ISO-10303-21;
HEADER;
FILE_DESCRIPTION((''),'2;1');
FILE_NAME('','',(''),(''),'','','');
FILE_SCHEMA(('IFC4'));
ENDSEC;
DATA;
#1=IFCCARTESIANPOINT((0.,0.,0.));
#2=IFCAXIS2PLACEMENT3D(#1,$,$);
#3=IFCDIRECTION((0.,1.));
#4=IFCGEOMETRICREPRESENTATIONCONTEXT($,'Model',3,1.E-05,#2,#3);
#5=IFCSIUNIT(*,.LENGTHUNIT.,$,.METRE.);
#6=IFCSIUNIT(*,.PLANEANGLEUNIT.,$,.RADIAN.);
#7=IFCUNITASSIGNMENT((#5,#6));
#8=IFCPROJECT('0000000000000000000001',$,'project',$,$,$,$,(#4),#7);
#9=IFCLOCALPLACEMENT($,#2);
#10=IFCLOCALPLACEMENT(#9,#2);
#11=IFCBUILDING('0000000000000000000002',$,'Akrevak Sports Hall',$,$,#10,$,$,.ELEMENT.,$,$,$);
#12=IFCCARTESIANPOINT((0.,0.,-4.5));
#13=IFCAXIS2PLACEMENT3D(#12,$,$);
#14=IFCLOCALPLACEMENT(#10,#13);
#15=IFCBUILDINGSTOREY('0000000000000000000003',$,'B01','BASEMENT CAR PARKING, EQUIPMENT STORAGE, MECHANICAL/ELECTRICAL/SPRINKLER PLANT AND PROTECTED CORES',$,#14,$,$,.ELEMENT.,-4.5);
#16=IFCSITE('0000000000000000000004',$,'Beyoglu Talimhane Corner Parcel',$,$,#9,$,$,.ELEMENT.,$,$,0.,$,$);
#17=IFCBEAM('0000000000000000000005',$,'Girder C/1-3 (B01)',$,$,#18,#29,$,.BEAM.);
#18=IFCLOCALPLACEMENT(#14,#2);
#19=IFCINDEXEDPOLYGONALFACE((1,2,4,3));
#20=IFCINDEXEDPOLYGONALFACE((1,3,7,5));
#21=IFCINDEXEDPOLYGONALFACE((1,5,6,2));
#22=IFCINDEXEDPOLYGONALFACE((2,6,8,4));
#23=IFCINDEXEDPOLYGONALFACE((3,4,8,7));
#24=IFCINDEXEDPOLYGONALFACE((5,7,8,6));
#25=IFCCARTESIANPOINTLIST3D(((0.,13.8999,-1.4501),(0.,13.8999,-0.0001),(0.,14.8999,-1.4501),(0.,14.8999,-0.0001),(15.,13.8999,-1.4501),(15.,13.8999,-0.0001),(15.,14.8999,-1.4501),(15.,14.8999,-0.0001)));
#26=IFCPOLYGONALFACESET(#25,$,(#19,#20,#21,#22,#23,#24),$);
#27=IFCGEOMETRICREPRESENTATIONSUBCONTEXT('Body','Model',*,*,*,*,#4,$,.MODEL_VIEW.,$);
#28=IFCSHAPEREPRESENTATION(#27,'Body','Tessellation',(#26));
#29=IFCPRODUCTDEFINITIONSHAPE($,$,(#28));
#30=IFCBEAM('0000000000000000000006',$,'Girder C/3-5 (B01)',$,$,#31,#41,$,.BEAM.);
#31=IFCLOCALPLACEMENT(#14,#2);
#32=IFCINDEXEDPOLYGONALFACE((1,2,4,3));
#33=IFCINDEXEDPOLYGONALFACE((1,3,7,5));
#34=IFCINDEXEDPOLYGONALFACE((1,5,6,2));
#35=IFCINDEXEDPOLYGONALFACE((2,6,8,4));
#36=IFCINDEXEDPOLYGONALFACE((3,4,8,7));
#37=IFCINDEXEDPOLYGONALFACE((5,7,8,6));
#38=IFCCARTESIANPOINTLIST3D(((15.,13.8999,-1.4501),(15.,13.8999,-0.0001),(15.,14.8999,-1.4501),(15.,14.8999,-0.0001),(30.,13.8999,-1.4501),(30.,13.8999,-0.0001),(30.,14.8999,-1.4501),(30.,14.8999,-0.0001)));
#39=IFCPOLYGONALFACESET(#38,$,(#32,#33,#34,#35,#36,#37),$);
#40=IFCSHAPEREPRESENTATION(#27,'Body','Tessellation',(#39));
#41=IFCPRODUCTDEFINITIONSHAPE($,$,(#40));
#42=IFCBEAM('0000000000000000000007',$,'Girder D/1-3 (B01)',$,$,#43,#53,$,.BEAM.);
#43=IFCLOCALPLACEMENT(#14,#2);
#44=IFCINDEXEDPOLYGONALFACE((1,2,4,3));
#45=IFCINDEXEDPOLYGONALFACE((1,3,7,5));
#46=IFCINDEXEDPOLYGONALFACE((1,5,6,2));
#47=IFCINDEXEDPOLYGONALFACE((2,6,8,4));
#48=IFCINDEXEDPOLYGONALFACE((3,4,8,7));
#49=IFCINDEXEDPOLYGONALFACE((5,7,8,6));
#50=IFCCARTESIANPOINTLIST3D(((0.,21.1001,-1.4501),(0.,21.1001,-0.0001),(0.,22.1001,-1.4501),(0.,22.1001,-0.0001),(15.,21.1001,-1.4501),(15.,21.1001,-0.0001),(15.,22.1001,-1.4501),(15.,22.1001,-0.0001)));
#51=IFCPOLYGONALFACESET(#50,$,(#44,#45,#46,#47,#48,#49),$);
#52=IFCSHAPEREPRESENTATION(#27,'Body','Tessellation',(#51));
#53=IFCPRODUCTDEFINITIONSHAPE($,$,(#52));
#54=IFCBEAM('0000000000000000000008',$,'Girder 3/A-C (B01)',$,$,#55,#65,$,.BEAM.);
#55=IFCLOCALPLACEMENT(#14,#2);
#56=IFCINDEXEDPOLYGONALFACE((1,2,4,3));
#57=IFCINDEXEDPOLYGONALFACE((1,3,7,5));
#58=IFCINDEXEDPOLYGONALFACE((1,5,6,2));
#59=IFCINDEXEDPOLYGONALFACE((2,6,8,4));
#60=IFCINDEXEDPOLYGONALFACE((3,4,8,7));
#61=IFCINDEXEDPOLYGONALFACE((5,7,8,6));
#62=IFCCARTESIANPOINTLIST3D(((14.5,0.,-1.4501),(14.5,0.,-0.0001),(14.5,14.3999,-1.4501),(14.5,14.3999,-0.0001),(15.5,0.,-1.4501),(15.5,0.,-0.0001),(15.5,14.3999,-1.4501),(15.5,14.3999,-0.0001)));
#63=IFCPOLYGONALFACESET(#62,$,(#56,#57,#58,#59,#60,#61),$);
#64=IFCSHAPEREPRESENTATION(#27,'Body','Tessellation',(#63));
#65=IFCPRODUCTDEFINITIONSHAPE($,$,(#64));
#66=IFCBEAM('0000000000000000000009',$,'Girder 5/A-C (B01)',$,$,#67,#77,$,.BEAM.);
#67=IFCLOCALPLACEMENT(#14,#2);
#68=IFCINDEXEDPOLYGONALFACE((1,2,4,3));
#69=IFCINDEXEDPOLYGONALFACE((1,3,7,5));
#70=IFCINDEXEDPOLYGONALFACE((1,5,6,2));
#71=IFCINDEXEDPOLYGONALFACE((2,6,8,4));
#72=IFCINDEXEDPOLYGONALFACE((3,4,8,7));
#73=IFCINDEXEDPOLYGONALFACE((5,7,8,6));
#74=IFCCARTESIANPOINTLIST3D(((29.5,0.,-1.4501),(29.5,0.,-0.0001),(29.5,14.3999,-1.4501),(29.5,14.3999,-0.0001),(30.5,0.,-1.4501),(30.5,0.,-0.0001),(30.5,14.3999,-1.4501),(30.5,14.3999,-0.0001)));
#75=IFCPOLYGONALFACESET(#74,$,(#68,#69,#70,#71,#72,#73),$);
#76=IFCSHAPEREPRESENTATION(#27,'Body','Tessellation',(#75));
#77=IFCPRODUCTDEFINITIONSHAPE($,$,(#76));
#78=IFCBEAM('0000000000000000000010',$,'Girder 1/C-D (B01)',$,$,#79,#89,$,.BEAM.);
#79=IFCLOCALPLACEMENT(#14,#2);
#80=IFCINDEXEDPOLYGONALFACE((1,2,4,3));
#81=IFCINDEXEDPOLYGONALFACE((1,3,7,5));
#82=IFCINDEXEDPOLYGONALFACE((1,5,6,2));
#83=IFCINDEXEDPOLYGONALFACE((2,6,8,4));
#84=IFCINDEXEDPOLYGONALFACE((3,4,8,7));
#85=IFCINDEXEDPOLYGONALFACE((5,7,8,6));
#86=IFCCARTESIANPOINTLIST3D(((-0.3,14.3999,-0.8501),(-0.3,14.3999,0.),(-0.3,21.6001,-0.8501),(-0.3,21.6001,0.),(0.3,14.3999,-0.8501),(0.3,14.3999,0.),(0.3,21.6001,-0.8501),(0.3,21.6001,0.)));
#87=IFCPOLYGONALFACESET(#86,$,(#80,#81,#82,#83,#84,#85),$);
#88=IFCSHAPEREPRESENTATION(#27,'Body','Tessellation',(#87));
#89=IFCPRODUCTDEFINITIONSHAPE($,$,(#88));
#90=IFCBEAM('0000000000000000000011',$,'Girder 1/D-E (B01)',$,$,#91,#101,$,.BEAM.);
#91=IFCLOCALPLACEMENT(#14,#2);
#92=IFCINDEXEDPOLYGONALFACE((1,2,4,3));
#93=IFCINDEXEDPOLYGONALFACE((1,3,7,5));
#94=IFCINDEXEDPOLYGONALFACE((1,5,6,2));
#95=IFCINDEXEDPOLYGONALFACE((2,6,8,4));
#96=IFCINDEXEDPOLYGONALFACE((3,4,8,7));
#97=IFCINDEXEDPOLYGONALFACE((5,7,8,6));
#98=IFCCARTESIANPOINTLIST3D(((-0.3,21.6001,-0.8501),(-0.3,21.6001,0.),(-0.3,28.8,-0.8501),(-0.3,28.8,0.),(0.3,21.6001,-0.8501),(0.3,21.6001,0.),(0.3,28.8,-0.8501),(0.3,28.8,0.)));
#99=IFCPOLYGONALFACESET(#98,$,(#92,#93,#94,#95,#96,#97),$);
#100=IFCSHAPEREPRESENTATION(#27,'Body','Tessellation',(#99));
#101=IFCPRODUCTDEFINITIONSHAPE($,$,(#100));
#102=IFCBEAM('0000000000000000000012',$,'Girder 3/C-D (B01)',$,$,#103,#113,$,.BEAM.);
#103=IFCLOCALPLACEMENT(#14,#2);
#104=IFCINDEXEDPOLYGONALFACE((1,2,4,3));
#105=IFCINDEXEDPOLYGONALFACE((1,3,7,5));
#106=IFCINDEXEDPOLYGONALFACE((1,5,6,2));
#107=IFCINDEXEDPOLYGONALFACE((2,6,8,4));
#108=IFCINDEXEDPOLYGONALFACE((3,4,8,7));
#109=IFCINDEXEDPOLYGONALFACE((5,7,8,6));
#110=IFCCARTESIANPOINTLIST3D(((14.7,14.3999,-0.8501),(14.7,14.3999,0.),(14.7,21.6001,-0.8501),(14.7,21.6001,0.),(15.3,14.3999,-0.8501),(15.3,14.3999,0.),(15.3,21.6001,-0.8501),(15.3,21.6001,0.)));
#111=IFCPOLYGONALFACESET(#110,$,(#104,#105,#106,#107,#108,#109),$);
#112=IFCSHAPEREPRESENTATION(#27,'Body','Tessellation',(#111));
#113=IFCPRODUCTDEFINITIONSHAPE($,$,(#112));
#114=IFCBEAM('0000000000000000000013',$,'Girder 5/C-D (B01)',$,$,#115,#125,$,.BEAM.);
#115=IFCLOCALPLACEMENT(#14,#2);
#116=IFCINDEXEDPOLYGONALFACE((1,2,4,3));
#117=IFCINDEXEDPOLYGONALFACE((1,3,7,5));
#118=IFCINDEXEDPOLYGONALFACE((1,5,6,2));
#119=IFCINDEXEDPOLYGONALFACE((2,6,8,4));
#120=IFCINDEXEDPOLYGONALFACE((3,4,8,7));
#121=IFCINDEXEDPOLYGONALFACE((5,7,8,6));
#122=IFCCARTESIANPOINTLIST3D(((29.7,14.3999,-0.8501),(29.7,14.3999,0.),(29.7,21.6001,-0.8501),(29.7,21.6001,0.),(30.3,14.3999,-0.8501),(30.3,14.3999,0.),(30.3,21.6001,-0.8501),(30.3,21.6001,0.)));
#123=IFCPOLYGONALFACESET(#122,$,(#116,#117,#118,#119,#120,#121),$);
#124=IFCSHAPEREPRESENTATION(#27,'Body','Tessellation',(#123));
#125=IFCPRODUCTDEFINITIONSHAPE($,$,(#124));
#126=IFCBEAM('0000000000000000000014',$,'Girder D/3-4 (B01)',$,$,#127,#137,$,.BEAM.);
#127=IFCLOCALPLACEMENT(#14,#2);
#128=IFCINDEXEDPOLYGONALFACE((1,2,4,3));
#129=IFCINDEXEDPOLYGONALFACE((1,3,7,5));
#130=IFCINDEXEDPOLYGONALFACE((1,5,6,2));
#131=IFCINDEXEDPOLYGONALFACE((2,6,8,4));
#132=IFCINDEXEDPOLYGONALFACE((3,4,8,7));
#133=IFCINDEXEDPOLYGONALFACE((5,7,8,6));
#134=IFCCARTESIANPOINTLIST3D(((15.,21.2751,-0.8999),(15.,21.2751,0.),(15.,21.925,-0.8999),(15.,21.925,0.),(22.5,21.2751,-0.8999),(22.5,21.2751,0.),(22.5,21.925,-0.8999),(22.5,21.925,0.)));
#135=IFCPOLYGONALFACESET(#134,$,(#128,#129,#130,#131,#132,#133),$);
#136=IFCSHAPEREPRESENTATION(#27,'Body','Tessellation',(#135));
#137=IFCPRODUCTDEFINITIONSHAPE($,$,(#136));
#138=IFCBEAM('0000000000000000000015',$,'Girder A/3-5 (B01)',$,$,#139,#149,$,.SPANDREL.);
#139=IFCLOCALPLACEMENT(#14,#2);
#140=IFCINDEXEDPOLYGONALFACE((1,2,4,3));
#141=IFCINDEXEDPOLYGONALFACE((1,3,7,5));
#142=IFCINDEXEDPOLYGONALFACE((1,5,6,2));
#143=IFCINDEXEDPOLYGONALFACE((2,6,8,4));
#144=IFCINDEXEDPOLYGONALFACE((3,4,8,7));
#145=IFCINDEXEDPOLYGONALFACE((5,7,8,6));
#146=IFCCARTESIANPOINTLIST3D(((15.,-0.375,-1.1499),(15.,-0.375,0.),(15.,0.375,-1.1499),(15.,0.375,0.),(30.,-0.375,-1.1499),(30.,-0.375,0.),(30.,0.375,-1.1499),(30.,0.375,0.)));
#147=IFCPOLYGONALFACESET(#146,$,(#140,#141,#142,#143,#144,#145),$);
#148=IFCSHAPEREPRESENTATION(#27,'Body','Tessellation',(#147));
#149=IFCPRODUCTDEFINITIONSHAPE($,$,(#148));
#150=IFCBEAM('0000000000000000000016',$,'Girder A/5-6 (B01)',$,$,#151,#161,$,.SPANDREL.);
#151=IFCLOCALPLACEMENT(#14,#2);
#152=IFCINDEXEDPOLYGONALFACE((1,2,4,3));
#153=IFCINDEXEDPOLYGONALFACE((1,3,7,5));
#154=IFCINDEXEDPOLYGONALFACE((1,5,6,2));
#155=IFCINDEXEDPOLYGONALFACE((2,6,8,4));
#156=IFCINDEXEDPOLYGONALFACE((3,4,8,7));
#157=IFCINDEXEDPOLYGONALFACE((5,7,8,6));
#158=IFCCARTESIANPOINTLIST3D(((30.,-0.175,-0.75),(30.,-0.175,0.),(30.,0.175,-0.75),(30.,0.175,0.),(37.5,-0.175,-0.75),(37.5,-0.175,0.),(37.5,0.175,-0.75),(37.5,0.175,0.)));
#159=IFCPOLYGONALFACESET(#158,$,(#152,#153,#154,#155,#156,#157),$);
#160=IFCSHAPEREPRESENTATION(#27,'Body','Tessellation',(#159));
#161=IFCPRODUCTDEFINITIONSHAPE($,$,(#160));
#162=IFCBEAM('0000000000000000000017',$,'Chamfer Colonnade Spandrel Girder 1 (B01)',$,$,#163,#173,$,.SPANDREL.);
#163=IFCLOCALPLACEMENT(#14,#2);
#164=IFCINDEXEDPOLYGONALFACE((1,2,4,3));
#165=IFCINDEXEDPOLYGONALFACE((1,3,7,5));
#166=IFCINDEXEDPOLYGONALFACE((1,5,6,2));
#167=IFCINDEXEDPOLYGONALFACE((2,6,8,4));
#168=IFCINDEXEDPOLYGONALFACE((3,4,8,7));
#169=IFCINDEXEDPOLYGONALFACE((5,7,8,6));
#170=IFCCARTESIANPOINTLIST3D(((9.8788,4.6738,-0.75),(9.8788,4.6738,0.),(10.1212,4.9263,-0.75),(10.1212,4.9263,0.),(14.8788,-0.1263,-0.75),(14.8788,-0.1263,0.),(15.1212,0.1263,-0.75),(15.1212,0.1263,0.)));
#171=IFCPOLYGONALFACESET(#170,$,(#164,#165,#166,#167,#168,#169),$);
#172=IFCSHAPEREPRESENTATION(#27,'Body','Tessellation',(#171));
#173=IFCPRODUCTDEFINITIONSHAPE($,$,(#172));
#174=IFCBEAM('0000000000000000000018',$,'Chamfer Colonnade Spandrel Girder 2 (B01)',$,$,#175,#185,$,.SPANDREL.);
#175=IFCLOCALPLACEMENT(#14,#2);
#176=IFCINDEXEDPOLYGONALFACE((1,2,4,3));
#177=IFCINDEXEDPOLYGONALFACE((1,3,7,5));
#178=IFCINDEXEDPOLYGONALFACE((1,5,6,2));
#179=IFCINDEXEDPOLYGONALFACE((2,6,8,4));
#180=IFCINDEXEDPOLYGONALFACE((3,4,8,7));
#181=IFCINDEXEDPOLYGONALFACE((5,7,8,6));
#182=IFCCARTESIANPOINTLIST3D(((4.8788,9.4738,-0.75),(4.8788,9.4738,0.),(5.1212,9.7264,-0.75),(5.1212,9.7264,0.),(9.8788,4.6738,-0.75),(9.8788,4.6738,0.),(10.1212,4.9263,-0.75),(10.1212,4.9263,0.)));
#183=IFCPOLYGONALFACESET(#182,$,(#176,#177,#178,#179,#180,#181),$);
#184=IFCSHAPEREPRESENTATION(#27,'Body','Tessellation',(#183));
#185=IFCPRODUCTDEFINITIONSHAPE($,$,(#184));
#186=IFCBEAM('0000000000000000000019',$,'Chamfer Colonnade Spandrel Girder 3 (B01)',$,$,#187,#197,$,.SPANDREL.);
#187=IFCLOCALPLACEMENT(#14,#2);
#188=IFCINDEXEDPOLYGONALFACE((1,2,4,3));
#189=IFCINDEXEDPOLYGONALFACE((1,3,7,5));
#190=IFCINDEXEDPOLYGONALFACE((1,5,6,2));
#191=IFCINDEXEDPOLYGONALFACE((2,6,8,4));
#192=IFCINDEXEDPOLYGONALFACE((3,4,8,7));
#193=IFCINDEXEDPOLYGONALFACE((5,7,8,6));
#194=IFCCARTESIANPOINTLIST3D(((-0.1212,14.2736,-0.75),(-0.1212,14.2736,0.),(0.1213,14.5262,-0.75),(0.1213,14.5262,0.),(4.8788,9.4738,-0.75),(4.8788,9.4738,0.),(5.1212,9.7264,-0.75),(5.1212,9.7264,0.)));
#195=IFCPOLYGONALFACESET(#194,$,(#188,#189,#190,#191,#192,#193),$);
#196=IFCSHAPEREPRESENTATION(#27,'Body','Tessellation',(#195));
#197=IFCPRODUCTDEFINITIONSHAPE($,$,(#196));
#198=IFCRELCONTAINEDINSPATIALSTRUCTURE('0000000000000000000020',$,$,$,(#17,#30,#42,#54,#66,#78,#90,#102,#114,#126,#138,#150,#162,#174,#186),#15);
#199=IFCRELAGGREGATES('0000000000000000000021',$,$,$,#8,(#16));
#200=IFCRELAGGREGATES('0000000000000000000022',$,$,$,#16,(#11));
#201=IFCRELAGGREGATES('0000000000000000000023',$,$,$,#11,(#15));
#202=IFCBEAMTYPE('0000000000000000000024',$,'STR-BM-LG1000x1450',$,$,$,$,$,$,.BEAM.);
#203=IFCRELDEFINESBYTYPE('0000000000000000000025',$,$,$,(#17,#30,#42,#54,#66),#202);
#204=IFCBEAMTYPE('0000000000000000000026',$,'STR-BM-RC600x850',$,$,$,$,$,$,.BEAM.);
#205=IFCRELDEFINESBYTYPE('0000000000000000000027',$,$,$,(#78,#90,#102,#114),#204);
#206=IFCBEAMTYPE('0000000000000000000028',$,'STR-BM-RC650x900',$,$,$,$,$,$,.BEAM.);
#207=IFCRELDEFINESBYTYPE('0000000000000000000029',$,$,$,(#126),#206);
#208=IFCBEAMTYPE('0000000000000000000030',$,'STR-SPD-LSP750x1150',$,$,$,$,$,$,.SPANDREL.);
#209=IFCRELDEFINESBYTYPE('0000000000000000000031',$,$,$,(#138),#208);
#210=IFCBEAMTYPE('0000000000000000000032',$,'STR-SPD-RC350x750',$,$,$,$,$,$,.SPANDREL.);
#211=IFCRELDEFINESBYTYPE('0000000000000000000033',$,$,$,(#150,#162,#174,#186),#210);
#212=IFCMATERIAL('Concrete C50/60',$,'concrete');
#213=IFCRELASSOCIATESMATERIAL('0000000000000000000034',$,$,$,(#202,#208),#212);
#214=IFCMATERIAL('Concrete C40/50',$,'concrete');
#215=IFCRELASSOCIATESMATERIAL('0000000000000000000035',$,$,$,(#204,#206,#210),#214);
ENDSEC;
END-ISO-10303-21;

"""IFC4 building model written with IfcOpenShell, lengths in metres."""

from ifc_helpers import new_model, si_unit, direction, frame, origin, origin_2d, place, context, subcontext, project, spatial, rectangle, extrude, material, material_profile, profile_set, type_object, element, save


model = new_model("IFC4")

# Units and contexts
model_context = context("Model", 3, precision=1e-05, world=origin(), true_north=direction((0.0, 1.0)))
body_context = subcontext(model_context, "Body", "Model", "MODEL_VIEW")
ifc_project = project(units=[si_unit("LENGTHUNIT", "METRE"), si_unit("PLANEANGLEUNIT", "RADIAN")], contexts=[model_context])

# Site, building, storey
site_placement = place(None, origin())
site = spatial("IfcSite", under=ifc_project, at=site_placement, Name="Beyoglu Talimhane Corner Parcel", CompositionType="ELEMENT", RefElevation=0.0)
building_placement = place(site_placement, origin())
building = spatial("IfcBuilding", under=site, at=building_placement, Name="Akrevak Sports Hall", CompositionType="ELEMENT")
storey_placement = place(building_placement, frame((0.0, 0.0, -4.5)))
storey = spatial("IfcBuildingStorey", under=building, at=storey_placement, Name="B01", Description="BASEMENT CAR PARKING, EQUIPMENT STORAGE, MECHANICAL/ELECTRICAL/SPRINKLER PLANT AND PROTECTED CORES", CompositionType="ELEMENT", Elevation=-4.5)

# Shared definitions
ifc_material_1 = material(Name="Concrete C50/60", Category="concrete")
ifc_material_2 = material(Name="Concrete C40/50", Category="concrete")

# Beams
ifc_material_profile_1 = material_profile(ifc_material_1, rectangle(XDim=1.0, YDim=1.45, at=origin_2d()), Name="BM 1000x1450", Category="concrete")
ifc_profile_set_1 = profile_set([ifc_material_profile_1], Name="Concrete C50/60")
beam_type_1 = type_object("IfcBeamType", Name="STR-BM-LG1000x1450", PredefinedType="BEAM", material=ifc_profile_set_1)
for number, where, z_axis, x_axis, name in (
    (1, (0.0, 14.3999, -0.7251), (1.0, 0.0, 0.0), (0.0, 1.0, 0.0), "Girder C/1-3 (B01)"),
    (2, (15.0, 14.3999, -0.7251), (1.0, 0.0, 0.0), (0.0, 1.0, 0.0), "Girder C/3-5 (B01)"),
    (3, (0.0, 21.6001, -0.7251), (1.0, 0.0, 0.0), (0.0, 1.0, 0.0), "Girder D/1-3 (B01)"),
):
    element("IfcBeam", number, at=place(storey_placement, frame(where, z_axis=z_axis, x_axis=x_axis)), inside=storey, type_object=beam_type_1, Name=name, PredefinedType="BEAM", context=body_context, shape_type="SweptSolid", body=[
        extrude(rectangle(XDim=1.0, YDim=1.45, at=origin_2d()), origin(), (0.0, 0.0, 1.0), 15.0),
    ])
for number, where, z_axis, x_axis, name in (
    (4, (15.0, 0.0, -0.7251), (0.0, 1.0, 0.0), (-1.0, 0.0, 0.0), "Girder 3/A-C (B01)"),
    (5, (30.0, 0.0, -0.7251), (0.0, 1.0, 0.0), (-1.0, 0.0, 0.0), "Girder 5/A-C (B01)"),
):
    element("IfcBeam", number, at=place(storey_placement, frame(where, z_axis=z_axis, x_axis=x_axis)), inside=storey, type_object=beam_type_1, Name=name, PredefinedType="BEAM", context=body_context, shape_type="SweptSolid", body=[
        extrude(rectangle(XDim=1.0, YDim=1.45, at=origin_2d()), origin(), (0.0, 0.0, 1.0), 14.3999),
    ])
ifc_material_profile_2 = material_profile(ifc_material_2, rectangle(XDim=0.6001, YDim=0.8501, at=origin_2d()), Name="BM 600x850", Category="concrete")
ifc_profile_set_2 = profile_set([ifc_material_profile_2], Name="Concrete C40/50")
beam_type_2 = type_object("IfcBeamType", Name="STR-BM-RC600x850", PredefinedType="BEAM", material=ifc_profile_set_2)
beam_1_placement = place(storey_placement, frame((0.0, 14.3999, -0.425), z_axis=(0.0, 1.0, 0.0), x_axis=(-1.0, 0.0, 0.0)))
element("IfcBeam", 6, at=beam_1_placement, inside=storey, type_object=beam_type_2, Name="Girder 1/C-D (B01)", PredefinedType="BEAM", context=body_context, shape_type="SweptSolid", body=[
    extrude(rectangle(XDim=0.6001, YDim=0.8501, at=origin_2d()), origin(), (0.0, 0.0, 1.0), 7.2002),
])
beam_2_placement = place(storey_placement, frame((0.0, 21.6001, -0.425), z_axis=(0.0, 1.0, 0.0), x_axis=(-1.0, 0.0, 0.0)))
element("IfcBeam", 7, at=beam_2_placement, inside=storey, type_object=beam_type_2, Name="Girder 1/D-E (B01)", PredefinedType="BEAM", context=body_context, shape_type="SweptSolid", body=[
    extrude(rectangle(XDim=0.6001, YDim=0.8501, at=origin_2d()), origin(), (0.0, 0.0, 1.0), 7.2),
])
for number, where, z_axis, x_axis, name in (
    (8, (15.0, 14.3999, -0.425), (0.0, 1.0, 0.0), (-1.0, 0.0, 0.0), "Girder 3/C-D (B01)"),
    (9, (30.0, 14.3999, -0.425), (0.0, 1.0, 0.0), (-1.0, 0.0, 0.0), "Girder 5/C-D (B01)"),
):
    element("IfcBeam", number, at=place(storey_placement, frame(where, z_axis=z_axis, x_axis=x_axis)), inside=storey, type_object=beam_type_2, Name=name, PredefinedType="BEAM", context=body_context, shape_type="SweptSolid", body=[
        extrude(rectangle(XDim=0.6001, YDim=0.8501, at=origin_2d()), origin(), (0.0, 0.0, 1.0), 7.2002),
    ])
ifc_material_profile_3 = material_profile(ifc_material_2, rectangle(XDim=0.6499, YDim=0.8999, at=origin_2d()), Name="BM 650x900", Category="concrete")
ifc_profile_set_3 = profile_set([ifc_material_profile_3], Name="Concrete C40/50")
beam_type_3 = type_object("IfcBeamType", Name="STR-BM-RC650x900", PredefinedType="BEAM", material=ifc_profile_set_3)
beam_3_placement = place(storey_placement, frame((15.0, 21.6001, -0.45), z_axis=(1.0, 0.0, 0.0), x_axis=(0.0, 1.0, 0.0)))
element("IfcBeam", 10, at=beam_3_placement, inside=storey, type_object=beam_type_3, Name="Girder D/3-4 (B01)", PredefinedType="BEAM", context=body_context, shape_type="SweptSolid", body=[
    extrude(rectangle(XDim=0.6499, YDim=0.8999, at=origin_2d()), origin(), (0.0, 0.0, 1.0), 7.5),
])
ifc_material_profile_4 = material_profile(ifc_material_1, rectangle(XDim=0.75, YDim=1.1499, at=origin_2d()), Name="SPD 750x1150", Category="concrete")
ifc_profile_set_4 = profile_set([ifc_material_profile_4], Name="Concrete C50/60")
beam_type_4 = type_object("IfcBeamType", Name="STR-SPD-LSP750x1150", PredefinedType="SPANDREL", material=ifc_profile_set_4)
beam_4_placement = place(storey_placement, frame((15.0, 0.0, -0.575), z_axis=(1.0, 0.0, 0.0), x_axis=(0.0, 1.0, 0.0)))
element("IfcBeam", 11, at=beam_4_placement, inside=storey, type_object=beam_type_4, Name="Girder A/3-5 (B01)", PredefinedType="SPANDREL", context=body_context, shape_type="SweptSolid", body=[
    extrude(rectangle(XDim=0.75, YDim=1.1499, at=origin_2d()), origin(), (0.0, 0.0, 1.0), 15.0),
])
ifc_material_profile_5 = material_profile(ifc_material_2, rectangle(XDim=0.3501, YDim=0.75, at=origin_2d()), Name="SPD 350x750", Category="concrete")
ifc_profile_set_5 = profile_set([ifc_material_profile_5], Name="Concrete C40/50")
beam_type_5 = type_object("IfcBeamType", Name="STR-SPD-RC350x750", PredefinedType="SPANDREL", material=ifc_profile_set_5)
beam_5_placement = place(storey_placement, frame((30.0, 0.0, -0.375), z_axis=(1.0, 0.0, 0.0), x_axis=(0.0, 1.0, 0.0)))
element("IfcBeam", 12, at=beam_5_placement, inside=storey, type_object=beam_type_5, Name="Girder A/5-6 (B01)", PredefinedType="SPANDREL", context=body_context, shape_type="SweptSolid", body=[
    extrude(rectangle(XDim=0.3501, YDim=0.75, at=origin_2d()), origin(), (0.0, 0.0, 1.0), 7.5),
])
for number, where, z_axis, x_axis, name in (
    (13, (15.0, 0.0, -0.375), (-0.721384, 0.692535, 0.0), (-0.692535, -0.721384, 0.0), "Chamfer Colonnade Spandrel Girder 1 (B01)"),
    (14, (10.0, 4.8, -0.375), (-0.721384, 0.692535, 0.0), (-0.692535, -0.721384, 0.0), "Chamfer Colonnade Spandrel Girder 2 (B01)"),
):
    element("IfcBeam", number, at=place(storey_placement, frame(where, z_axis=z_axis, x_axis=x_axis)), inside=storey, type_object=beam_type_5, Name=name, PredefinedType="SPANDREL", context=body_context, shape_type="SweptSolid", body=[
        extrude(rectangle(XDim=0.3501, YDim=0.75, at=origin_2d()), origin(), (0.0, 0.0, 1.0), 6.9312),
    ])
beam_6_placement = place(storey_placement, frame((5.0, 9.6001, -0.375), z_axis=(-0.721401, 0.692517, 0.0), x_axis=(-0.692517, -0.721401, 0.0)))
element("IfcBeam", 15, at=beam_6_placement, inside=storey, type_object=beam_type_5, Name="Chamfer Colonnade Spandrel Girder 3 (B01)", PredefinedType="SPANDREL", context=body_context, shape_type="SweptSolid", body=[
    extrude(rectangle(XDim=0.3501, YDim=0.75, at=origin_2d()), origin(), (0.0, 0.0, 1.0), 6.9309),
])

save(model, "model.ifc")
